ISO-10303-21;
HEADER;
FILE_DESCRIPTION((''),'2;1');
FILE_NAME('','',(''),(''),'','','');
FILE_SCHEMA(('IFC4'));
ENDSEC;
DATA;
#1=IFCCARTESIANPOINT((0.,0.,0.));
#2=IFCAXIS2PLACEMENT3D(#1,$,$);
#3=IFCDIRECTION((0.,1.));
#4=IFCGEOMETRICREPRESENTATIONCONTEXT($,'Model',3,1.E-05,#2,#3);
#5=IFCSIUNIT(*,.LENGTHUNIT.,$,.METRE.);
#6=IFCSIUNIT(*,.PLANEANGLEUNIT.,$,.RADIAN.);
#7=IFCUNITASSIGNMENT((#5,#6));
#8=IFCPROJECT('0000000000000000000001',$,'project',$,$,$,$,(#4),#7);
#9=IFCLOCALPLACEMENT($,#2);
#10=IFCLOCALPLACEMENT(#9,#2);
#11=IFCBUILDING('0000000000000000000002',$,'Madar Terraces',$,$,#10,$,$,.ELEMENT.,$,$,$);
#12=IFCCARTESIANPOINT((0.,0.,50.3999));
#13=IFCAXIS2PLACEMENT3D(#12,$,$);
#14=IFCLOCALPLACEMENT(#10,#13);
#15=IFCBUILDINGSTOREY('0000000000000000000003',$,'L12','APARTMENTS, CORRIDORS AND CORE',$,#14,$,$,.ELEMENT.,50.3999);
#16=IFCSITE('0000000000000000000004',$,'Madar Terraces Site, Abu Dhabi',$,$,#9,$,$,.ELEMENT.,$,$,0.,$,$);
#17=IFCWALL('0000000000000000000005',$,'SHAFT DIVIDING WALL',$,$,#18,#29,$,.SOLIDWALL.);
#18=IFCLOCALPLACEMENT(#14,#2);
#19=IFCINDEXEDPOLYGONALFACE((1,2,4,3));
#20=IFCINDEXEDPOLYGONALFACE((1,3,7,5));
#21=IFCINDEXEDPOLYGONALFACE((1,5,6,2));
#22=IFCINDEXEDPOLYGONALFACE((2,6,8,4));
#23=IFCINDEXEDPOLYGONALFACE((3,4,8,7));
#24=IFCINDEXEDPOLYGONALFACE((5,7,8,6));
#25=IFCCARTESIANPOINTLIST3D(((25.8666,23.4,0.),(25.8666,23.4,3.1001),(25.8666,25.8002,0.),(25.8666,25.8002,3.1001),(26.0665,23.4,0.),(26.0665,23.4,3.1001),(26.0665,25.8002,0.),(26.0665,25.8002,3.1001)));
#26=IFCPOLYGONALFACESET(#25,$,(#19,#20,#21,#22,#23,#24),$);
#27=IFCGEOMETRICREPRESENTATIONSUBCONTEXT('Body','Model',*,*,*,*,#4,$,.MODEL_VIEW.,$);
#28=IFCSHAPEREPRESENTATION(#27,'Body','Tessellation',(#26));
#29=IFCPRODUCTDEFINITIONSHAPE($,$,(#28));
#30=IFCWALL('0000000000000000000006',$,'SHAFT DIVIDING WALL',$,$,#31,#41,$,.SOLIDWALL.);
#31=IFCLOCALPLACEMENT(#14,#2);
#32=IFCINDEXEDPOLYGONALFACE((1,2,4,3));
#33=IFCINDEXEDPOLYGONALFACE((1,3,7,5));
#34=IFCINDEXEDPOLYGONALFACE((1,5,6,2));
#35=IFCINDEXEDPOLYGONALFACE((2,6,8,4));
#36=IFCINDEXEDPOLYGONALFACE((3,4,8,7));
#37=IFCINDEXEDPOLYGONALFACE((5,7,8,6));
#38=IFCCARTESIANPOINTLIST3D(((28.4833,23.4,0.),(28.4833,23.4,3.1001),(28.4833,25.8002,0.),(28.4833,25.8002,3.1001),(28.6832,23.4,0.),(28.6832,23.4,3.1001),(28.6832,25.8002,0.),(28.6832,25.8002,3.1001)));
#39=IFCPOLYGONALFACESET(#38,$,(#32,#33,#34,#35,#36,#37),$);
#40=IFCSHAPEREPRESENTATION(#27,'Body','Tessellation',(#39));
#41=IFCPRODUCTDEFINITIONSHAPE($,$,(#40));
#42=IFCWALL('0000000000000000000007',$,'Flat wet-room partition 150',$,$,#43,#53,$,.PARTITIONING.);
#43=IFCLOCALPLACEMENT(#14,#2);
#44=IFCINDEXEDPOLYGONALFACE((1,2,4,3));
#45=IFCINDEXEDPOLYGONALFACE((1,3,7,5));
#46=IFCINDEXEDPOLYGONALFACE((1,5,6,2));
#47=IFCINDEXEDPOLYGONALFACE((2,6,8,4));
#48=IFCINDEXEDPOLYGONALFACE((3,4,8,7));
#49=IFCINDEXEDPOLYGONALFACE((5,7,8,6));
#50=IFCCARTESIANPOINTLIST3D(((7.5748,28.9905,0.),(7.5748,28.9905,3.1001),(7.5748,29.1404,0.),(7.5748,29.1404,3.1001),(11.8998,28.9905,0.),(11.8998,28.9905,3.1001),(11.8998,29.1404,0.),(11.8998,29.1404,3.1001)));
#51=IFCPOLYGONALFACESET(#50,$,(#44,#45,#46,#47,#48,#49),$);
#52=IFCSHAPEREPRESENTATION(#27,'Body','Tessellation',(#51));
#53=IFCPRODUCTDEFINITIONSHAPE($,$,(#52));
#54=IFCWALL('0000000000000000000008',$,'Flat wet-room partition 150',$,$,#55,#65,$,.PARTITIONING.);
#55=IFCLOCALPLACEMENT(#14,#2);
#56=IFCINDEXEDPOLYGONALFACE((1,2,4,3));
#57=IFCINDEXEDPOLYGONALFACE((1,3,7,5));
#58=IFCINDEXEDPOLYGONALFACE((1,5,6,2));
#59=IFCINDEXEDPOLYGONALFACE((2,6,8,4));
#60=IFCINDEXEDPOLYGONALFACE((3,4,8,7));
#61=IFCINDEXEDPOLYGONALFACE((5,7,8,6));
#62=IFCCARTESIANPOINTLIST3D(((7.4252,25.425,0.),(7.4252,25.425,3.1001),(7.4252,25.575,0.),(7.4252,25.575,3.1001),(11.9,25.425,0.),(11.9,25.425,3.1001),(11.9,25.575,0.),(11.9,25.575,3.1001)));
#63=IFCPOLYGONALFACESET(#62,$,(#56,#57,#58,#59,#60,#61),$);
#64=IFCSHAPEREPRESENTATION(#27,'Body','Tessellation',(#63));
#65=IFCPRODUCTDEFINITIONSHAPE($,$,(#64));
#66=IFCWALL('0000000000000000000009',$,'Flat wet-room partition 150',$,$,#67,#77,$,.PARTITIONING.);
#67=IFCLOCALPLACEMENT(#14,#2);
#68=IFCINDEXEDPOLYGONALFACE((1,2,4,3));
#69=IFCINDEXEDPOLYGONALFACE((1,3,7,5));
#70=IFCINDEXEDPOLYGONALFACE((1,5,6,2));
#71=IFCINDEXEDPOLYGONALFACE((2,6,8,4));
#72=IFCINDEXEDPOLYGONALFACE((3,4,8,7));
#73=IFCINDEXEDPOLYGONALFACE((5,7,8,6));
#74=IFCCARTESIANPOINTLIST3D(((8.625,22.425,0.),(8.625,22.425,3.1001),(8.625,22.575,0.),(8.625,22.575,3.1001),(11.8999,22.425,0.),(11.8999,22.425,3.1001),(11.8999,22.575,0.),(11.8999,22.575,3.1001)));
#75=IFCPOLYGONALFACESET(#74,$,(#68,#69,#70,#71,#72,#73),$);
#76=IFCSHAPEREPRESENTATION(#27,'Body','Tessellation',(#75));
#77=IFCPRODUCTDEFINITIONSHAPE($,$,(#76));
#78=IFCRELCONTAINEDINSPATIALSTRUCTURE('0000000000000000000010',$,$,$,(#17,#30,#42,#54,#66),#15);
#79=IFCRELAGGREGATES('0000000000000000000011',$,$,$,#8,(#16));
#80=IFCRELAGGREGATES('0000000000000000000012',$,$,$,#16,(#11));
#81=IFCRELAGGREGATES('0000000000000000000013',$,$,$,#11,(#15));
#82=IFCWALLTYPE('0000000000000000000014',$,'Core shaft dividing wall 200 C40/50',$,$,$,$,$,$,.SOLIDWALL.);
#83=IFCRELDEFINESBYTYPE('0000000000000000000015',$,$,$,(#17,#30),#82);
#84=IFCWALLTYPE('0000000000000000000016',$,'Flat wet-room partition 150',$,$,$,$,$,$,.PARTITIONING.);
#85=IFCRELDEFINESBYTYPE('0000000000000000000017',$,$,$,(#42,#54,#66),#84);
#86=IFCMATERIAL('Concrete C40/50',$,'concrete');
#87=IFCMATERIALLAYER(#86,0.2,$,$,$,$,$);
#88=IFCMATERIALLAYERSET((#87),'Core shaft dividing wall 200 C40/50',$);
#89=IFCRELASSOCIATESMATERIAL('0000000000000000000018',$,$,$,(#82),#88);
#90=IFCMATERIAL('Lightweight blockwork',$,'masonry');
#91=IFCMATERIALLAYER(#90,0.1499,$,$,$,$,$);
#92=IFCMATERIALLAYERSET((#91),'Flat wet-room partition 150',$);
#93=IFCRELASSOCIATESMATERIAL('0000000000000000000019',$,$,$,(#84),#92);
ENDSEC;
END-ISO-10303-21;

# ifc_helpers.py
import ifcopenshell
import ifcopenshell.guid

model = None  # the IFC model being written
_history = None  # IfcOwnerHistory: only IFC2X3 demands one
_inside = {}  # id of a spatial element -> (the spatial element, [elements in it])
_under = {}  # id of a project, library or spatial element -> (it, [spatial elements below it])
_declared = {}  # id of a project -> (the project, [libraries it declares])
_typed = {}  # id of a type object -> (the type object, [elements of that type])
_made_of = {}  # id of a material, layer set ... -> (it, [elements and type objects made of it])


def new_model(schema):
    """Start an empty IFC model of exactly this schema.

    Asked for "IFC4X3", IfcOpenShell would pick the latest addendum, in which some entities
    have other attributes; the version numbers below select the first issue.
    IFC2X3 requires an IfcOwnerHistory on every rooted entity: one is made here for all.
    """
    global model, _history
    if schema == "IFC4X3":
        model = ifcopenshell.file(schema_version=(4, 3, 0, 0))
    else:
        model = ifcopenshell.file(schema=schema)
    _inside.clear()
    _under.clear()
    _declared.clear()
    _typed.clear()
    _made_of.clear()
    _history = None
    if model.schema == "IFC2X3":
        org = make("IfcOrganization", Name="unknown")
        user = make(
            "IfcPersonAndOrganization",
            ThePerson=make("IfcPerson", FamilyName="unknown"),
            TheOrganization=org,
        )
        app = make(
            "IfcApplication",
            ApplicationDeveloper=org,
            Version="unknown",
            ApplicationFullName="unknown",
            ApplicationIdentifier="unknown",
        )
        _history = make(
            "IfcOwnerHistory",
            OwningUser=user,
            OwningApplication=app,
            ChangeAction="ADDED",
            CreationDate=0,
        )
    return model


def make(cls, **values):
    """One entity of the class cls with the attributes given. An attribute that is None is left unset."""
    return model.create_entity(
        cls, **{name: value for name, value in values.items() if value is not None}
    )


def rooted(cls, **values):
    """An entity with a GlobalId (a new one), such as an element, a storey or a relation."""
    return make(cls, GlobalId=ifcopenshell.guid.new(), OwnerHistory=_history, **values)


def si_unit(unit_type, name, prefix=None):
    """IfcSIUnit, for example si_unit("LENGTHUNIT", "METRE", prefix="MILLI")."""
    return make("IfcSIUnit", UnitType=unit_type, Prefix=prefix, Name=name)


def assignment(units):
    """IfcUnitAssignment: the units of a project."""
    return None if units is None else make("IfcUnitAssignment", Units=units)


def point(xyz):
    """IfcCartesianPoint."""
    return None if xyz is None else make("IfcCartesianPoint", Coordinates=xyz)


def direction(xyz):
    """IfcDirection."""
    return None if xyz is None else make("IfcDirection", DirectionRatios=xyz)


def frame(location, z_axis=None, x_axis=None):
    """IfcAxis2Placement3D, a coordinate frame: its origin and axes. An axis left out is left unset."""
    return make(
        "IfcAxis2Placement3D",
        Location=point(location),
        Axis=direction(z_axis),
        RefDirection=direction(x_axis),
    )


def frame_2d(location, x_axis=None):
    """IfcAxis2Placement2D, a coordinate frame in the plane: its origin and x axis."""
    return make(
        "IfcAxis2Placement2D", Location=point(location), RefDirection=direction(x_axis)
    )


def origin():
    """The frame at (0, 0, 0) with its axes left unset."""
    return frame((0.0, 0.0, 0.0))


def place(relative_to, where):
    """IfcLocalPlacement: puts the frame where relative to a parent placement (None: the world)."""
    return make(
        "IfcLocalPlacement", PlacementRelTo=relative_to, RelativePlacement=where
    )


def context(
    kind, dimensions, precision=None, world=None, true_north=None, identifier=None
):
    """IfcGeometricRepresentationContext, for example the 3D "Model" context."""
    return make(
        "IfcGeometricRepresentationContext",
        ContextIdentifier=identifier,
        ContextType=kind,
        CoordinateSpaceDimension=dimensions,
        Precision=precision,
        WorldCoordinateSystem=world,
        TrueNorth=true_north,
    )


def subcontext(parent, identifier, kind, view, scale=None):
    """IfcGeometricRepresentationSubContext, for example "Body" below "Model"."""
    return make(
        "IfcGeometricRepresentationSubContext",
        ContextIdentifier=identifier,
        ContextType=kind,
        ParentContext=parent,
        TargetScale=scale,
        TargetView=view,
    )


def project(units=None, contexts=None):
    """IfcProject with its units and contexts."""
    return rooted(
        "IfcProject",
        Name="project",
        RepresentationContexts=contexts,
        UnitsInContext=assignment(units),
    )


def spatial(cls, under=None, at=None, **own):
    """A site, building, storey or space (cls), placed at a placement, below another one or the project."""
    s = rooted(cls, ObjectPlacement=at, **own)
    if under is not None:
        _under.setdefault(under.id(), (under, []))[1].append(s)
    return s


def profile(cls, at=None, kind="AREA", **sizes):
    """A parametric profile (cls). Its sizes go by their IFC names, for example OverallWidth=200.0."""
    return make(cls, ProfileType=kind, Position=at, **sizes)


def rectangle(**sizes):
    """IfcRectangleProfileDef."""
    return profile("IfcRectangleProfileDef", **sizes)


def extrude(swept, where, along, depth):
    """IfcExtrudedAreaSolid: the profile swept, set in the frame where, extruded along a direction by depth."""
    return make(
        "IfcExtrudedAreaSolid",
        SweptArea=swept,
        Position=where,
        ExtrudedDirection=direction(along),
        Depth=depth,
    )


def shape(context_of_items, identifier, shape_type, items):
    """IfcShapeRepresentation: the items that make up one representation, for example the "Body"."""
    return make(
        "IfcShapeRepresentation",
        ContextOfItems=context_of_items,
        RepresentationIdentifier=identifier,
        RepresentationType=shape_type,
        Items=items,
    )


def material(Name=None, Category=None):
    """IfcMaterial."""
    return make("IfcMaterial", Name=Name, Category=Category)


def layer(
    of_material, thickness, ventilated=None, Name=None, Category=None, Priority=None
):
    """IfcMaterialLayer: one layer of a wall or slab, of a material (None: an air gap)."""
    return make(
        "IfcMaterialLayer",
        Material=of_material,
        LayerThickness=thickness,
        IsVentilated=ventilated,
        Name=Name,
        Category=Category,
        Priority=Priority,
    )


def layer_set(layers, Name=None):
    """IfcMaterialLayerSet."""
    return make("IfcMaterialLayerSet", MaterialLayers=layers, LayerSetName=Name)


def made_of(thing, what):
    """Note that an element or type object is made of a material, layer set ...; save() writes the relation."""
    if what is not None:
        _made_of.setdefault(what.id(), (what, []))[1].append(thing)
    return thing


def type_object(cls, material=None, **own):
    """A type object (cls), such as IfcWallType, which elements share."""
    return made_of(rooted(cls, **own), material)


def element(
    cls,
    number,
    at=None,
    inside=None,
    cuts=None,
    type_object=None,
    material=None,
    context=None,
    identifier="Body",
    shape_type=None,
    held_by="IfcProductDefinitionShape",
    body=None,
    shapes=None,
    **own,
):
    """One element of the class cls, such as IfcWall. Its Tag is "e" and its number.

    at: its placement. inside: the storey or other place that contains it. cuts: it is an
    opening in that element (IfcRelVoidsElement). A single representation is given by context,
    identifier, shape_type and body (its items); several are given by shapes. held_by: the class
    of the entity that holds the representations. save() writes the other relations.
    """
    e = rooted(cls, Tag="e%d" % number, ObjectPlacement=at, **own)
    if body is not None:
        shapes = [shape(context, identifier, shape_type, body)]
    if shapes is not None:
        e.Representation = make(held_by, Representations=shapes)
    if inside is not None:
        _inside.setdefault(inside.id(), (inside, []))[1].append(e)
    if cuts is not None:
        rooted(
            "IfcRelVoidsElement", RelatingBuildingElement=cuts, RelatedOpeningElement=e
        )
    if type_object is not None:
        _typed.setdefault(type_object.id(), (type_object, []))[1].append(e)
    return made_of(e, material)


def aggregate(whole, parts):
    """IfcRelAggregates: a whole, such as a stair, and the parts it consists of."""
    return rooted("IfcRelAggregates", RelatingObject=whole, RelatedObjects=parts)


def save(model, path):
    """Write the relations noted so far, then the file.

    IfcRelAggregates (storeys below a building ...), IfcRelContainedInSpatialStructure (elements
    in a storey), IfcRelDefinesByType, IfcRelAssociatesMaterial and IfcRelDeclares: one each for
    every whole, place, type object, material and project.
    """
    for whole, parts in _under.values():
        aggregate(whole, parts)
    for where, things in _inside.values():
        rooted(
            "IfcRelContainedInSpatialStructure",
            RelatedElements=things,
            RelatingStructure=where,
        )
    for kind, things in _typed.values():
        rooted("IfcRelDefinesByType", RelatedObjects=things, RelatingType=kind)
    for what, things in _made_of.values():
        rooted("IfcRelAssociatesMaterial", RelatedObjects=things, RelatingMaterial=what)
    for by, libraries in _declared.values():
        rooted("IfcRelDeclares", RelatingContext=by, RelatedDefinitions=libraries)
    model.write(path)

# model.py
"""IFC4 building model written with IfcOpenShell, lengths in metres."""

from ifc_helpers import new_model, si_unit, direction, frame, frame_2d, origin, place, context, subcontext, project, spatial, rectangle, extrude, material, layer, layer_set, type_object, element, save


model = new_model("IFC4")

# Units and contexts
model_context = context("Model", 3, precision=1e-05, world=origin(), true_north=direction((0.0, 1.0)))
body_context = subcontext(model_context, "Body", "Model", "MODEL_VIEW")
ifc_project = project(units=[si_unit("LENGTHUNIT", "METRE"), si_unit("PLANEANGLEUNIT", "RADIAN")], contexts=[model_context])

# Site, building, storey
site_placement = place(None, origin())
site = spatial("IfcSite", under=ifc_project, at=site_placement, Name="Madar Terraces Site, Abu Dhabi", CompositionType="ELEMENT", RefElevation=0.0)
building_placement = place(site_placement, origin())
building = spatial("IfcBuilding", under=site, at=building_placement, Name="Madar Terraces", CompositionType="ELEMENT")
storey_placement = place(building_placement, frame((0.0, 0.0, 50.3999)))
storey = spatial("IfcBuildingStorey", under=building, at=storey_placement, Name="L12", Description="APARTMENTS, CORRIDORS AND CORE", CompositionType="ELEMENT", Elevation=50.3999)

# Walls
ifc_material_1 = material(Name="Concrete C40/50", Category="concrete")
ifc_layer_1 = layer(ifc_material_1, 0.2)
ifc_layer_set_1 = layer_set([ifc_layer_1], Name="Core shaft dividing wall 200 C40/50")
wall_type_1 = type_object("IfcWallType", Name="Core shaft dividing wall 200 C40/50", PredefinedType="SOLIDWALL", material=ifc_layer_set_1)
for number, where, z_axis, x_axis, name in (
    (1, (25.9666, 23.3999, 0.0), (0.0, 0.0, 1.0), (0.0, 1.0, 0.0), "SHAFT DIVIDING WALL"),
    (2, (28.5833, 23.3999, 0.0), (0.0, 0.0, 1.0), (0.0, 1.0, 0.0), "SHAFT DIVIDING WALL"),
):
    element("IfcWall", number, at=place(storey_placement, frame(where, z_axis=z_axis, x_axis=x_axis)), inside=storey, type_object=wall_type_1, Name=name, PredefinedType="SOLIDWALL", context=body_context, shape_type="SweptSolid", body=[
        extrude(rectangle(XDim=2.4001, YDim=0.2, at=frame_2d((1.2002, 0.0))), origin(), (0.0, 0.0, 1.0), 3.1001),
    ])
ifc_material_2 = material(Name="Lightweight blockwork", Category="masonry")
ifc_layer_2 = layer(ifc_material_2, 0.1499)
ifc_layer_set_2 = layer_set([ifc_layer_2], Name="Flat wet-room partition 150")
wall_type_2 = type_object("IfcWallType", Name="Flat wet-room partition 150", PredefinedType="PARTITIONING", material=ifc_layer_set_2)
wall_1_placement = place(storey_placement, frame((11.8999, 29.0654, 0.0), z_axis=(0.0, 0.0, 1.0), x_axis=(-1.0, 0.0, 0.0)))
element("IfcWall", 3, at=wall_1_placement, inside=storey, type_object=wall_type_2, Name="Flat wet-room partition 150", PredefinedType="PARTITIONING", context=body_context, shape_type="SweptSolid", body=[
    extrude(rectangle(XDim=4.325, YDim=0.1499, at=frame_2d((2.1626, 0.0))), origin(), (0.0, 0.0, 1.0), 3.1001),
])
wall_2_placement = place(storey_placement, frame((11.8999, 25.5, 0.0), z_axis=(0.0, 0.0, 1.0), x_axis=(-1.0, 0.0, 0.0)))
element("IfcWall", 4, at=wall_2_placement, inside=storey, type_object=wall_type_2, Name="Flat wet-room partition 150", PredefinedType="PARTITIONING", context=body_context, shape_type="SweptSolid", body=[
    extrude(rectangle(XDim=4.4749, YDim=0.1499, at=frame_2d((2.2373, 0.0))), origin(), (0.0, 0.0, 1.0), 3.1001),
])
wall_3_placement = place(storey_placement, frame((11.8999, 22.5, 0.0), z_axis=(0.0, 0.0, 1.0), x_axis=(-1.0, 0.0, 0.0)))
element("IfcWall", 5, at=wall_3_placement, inside=storey, type_object=wall_type_2, Name="Flat wet-room partition 150", PredefinedType="PARTITIONING", context=body_context, shape_type="SweptSolid", body=[
    extrude(rectangle(XDim=3.2749, YDim=0.1499, at=frame_2d((1.6375, 0.0))), origin(), (0.0, 0.0, 1.0), 3.1001),
])

save(model, "model.ifc")
